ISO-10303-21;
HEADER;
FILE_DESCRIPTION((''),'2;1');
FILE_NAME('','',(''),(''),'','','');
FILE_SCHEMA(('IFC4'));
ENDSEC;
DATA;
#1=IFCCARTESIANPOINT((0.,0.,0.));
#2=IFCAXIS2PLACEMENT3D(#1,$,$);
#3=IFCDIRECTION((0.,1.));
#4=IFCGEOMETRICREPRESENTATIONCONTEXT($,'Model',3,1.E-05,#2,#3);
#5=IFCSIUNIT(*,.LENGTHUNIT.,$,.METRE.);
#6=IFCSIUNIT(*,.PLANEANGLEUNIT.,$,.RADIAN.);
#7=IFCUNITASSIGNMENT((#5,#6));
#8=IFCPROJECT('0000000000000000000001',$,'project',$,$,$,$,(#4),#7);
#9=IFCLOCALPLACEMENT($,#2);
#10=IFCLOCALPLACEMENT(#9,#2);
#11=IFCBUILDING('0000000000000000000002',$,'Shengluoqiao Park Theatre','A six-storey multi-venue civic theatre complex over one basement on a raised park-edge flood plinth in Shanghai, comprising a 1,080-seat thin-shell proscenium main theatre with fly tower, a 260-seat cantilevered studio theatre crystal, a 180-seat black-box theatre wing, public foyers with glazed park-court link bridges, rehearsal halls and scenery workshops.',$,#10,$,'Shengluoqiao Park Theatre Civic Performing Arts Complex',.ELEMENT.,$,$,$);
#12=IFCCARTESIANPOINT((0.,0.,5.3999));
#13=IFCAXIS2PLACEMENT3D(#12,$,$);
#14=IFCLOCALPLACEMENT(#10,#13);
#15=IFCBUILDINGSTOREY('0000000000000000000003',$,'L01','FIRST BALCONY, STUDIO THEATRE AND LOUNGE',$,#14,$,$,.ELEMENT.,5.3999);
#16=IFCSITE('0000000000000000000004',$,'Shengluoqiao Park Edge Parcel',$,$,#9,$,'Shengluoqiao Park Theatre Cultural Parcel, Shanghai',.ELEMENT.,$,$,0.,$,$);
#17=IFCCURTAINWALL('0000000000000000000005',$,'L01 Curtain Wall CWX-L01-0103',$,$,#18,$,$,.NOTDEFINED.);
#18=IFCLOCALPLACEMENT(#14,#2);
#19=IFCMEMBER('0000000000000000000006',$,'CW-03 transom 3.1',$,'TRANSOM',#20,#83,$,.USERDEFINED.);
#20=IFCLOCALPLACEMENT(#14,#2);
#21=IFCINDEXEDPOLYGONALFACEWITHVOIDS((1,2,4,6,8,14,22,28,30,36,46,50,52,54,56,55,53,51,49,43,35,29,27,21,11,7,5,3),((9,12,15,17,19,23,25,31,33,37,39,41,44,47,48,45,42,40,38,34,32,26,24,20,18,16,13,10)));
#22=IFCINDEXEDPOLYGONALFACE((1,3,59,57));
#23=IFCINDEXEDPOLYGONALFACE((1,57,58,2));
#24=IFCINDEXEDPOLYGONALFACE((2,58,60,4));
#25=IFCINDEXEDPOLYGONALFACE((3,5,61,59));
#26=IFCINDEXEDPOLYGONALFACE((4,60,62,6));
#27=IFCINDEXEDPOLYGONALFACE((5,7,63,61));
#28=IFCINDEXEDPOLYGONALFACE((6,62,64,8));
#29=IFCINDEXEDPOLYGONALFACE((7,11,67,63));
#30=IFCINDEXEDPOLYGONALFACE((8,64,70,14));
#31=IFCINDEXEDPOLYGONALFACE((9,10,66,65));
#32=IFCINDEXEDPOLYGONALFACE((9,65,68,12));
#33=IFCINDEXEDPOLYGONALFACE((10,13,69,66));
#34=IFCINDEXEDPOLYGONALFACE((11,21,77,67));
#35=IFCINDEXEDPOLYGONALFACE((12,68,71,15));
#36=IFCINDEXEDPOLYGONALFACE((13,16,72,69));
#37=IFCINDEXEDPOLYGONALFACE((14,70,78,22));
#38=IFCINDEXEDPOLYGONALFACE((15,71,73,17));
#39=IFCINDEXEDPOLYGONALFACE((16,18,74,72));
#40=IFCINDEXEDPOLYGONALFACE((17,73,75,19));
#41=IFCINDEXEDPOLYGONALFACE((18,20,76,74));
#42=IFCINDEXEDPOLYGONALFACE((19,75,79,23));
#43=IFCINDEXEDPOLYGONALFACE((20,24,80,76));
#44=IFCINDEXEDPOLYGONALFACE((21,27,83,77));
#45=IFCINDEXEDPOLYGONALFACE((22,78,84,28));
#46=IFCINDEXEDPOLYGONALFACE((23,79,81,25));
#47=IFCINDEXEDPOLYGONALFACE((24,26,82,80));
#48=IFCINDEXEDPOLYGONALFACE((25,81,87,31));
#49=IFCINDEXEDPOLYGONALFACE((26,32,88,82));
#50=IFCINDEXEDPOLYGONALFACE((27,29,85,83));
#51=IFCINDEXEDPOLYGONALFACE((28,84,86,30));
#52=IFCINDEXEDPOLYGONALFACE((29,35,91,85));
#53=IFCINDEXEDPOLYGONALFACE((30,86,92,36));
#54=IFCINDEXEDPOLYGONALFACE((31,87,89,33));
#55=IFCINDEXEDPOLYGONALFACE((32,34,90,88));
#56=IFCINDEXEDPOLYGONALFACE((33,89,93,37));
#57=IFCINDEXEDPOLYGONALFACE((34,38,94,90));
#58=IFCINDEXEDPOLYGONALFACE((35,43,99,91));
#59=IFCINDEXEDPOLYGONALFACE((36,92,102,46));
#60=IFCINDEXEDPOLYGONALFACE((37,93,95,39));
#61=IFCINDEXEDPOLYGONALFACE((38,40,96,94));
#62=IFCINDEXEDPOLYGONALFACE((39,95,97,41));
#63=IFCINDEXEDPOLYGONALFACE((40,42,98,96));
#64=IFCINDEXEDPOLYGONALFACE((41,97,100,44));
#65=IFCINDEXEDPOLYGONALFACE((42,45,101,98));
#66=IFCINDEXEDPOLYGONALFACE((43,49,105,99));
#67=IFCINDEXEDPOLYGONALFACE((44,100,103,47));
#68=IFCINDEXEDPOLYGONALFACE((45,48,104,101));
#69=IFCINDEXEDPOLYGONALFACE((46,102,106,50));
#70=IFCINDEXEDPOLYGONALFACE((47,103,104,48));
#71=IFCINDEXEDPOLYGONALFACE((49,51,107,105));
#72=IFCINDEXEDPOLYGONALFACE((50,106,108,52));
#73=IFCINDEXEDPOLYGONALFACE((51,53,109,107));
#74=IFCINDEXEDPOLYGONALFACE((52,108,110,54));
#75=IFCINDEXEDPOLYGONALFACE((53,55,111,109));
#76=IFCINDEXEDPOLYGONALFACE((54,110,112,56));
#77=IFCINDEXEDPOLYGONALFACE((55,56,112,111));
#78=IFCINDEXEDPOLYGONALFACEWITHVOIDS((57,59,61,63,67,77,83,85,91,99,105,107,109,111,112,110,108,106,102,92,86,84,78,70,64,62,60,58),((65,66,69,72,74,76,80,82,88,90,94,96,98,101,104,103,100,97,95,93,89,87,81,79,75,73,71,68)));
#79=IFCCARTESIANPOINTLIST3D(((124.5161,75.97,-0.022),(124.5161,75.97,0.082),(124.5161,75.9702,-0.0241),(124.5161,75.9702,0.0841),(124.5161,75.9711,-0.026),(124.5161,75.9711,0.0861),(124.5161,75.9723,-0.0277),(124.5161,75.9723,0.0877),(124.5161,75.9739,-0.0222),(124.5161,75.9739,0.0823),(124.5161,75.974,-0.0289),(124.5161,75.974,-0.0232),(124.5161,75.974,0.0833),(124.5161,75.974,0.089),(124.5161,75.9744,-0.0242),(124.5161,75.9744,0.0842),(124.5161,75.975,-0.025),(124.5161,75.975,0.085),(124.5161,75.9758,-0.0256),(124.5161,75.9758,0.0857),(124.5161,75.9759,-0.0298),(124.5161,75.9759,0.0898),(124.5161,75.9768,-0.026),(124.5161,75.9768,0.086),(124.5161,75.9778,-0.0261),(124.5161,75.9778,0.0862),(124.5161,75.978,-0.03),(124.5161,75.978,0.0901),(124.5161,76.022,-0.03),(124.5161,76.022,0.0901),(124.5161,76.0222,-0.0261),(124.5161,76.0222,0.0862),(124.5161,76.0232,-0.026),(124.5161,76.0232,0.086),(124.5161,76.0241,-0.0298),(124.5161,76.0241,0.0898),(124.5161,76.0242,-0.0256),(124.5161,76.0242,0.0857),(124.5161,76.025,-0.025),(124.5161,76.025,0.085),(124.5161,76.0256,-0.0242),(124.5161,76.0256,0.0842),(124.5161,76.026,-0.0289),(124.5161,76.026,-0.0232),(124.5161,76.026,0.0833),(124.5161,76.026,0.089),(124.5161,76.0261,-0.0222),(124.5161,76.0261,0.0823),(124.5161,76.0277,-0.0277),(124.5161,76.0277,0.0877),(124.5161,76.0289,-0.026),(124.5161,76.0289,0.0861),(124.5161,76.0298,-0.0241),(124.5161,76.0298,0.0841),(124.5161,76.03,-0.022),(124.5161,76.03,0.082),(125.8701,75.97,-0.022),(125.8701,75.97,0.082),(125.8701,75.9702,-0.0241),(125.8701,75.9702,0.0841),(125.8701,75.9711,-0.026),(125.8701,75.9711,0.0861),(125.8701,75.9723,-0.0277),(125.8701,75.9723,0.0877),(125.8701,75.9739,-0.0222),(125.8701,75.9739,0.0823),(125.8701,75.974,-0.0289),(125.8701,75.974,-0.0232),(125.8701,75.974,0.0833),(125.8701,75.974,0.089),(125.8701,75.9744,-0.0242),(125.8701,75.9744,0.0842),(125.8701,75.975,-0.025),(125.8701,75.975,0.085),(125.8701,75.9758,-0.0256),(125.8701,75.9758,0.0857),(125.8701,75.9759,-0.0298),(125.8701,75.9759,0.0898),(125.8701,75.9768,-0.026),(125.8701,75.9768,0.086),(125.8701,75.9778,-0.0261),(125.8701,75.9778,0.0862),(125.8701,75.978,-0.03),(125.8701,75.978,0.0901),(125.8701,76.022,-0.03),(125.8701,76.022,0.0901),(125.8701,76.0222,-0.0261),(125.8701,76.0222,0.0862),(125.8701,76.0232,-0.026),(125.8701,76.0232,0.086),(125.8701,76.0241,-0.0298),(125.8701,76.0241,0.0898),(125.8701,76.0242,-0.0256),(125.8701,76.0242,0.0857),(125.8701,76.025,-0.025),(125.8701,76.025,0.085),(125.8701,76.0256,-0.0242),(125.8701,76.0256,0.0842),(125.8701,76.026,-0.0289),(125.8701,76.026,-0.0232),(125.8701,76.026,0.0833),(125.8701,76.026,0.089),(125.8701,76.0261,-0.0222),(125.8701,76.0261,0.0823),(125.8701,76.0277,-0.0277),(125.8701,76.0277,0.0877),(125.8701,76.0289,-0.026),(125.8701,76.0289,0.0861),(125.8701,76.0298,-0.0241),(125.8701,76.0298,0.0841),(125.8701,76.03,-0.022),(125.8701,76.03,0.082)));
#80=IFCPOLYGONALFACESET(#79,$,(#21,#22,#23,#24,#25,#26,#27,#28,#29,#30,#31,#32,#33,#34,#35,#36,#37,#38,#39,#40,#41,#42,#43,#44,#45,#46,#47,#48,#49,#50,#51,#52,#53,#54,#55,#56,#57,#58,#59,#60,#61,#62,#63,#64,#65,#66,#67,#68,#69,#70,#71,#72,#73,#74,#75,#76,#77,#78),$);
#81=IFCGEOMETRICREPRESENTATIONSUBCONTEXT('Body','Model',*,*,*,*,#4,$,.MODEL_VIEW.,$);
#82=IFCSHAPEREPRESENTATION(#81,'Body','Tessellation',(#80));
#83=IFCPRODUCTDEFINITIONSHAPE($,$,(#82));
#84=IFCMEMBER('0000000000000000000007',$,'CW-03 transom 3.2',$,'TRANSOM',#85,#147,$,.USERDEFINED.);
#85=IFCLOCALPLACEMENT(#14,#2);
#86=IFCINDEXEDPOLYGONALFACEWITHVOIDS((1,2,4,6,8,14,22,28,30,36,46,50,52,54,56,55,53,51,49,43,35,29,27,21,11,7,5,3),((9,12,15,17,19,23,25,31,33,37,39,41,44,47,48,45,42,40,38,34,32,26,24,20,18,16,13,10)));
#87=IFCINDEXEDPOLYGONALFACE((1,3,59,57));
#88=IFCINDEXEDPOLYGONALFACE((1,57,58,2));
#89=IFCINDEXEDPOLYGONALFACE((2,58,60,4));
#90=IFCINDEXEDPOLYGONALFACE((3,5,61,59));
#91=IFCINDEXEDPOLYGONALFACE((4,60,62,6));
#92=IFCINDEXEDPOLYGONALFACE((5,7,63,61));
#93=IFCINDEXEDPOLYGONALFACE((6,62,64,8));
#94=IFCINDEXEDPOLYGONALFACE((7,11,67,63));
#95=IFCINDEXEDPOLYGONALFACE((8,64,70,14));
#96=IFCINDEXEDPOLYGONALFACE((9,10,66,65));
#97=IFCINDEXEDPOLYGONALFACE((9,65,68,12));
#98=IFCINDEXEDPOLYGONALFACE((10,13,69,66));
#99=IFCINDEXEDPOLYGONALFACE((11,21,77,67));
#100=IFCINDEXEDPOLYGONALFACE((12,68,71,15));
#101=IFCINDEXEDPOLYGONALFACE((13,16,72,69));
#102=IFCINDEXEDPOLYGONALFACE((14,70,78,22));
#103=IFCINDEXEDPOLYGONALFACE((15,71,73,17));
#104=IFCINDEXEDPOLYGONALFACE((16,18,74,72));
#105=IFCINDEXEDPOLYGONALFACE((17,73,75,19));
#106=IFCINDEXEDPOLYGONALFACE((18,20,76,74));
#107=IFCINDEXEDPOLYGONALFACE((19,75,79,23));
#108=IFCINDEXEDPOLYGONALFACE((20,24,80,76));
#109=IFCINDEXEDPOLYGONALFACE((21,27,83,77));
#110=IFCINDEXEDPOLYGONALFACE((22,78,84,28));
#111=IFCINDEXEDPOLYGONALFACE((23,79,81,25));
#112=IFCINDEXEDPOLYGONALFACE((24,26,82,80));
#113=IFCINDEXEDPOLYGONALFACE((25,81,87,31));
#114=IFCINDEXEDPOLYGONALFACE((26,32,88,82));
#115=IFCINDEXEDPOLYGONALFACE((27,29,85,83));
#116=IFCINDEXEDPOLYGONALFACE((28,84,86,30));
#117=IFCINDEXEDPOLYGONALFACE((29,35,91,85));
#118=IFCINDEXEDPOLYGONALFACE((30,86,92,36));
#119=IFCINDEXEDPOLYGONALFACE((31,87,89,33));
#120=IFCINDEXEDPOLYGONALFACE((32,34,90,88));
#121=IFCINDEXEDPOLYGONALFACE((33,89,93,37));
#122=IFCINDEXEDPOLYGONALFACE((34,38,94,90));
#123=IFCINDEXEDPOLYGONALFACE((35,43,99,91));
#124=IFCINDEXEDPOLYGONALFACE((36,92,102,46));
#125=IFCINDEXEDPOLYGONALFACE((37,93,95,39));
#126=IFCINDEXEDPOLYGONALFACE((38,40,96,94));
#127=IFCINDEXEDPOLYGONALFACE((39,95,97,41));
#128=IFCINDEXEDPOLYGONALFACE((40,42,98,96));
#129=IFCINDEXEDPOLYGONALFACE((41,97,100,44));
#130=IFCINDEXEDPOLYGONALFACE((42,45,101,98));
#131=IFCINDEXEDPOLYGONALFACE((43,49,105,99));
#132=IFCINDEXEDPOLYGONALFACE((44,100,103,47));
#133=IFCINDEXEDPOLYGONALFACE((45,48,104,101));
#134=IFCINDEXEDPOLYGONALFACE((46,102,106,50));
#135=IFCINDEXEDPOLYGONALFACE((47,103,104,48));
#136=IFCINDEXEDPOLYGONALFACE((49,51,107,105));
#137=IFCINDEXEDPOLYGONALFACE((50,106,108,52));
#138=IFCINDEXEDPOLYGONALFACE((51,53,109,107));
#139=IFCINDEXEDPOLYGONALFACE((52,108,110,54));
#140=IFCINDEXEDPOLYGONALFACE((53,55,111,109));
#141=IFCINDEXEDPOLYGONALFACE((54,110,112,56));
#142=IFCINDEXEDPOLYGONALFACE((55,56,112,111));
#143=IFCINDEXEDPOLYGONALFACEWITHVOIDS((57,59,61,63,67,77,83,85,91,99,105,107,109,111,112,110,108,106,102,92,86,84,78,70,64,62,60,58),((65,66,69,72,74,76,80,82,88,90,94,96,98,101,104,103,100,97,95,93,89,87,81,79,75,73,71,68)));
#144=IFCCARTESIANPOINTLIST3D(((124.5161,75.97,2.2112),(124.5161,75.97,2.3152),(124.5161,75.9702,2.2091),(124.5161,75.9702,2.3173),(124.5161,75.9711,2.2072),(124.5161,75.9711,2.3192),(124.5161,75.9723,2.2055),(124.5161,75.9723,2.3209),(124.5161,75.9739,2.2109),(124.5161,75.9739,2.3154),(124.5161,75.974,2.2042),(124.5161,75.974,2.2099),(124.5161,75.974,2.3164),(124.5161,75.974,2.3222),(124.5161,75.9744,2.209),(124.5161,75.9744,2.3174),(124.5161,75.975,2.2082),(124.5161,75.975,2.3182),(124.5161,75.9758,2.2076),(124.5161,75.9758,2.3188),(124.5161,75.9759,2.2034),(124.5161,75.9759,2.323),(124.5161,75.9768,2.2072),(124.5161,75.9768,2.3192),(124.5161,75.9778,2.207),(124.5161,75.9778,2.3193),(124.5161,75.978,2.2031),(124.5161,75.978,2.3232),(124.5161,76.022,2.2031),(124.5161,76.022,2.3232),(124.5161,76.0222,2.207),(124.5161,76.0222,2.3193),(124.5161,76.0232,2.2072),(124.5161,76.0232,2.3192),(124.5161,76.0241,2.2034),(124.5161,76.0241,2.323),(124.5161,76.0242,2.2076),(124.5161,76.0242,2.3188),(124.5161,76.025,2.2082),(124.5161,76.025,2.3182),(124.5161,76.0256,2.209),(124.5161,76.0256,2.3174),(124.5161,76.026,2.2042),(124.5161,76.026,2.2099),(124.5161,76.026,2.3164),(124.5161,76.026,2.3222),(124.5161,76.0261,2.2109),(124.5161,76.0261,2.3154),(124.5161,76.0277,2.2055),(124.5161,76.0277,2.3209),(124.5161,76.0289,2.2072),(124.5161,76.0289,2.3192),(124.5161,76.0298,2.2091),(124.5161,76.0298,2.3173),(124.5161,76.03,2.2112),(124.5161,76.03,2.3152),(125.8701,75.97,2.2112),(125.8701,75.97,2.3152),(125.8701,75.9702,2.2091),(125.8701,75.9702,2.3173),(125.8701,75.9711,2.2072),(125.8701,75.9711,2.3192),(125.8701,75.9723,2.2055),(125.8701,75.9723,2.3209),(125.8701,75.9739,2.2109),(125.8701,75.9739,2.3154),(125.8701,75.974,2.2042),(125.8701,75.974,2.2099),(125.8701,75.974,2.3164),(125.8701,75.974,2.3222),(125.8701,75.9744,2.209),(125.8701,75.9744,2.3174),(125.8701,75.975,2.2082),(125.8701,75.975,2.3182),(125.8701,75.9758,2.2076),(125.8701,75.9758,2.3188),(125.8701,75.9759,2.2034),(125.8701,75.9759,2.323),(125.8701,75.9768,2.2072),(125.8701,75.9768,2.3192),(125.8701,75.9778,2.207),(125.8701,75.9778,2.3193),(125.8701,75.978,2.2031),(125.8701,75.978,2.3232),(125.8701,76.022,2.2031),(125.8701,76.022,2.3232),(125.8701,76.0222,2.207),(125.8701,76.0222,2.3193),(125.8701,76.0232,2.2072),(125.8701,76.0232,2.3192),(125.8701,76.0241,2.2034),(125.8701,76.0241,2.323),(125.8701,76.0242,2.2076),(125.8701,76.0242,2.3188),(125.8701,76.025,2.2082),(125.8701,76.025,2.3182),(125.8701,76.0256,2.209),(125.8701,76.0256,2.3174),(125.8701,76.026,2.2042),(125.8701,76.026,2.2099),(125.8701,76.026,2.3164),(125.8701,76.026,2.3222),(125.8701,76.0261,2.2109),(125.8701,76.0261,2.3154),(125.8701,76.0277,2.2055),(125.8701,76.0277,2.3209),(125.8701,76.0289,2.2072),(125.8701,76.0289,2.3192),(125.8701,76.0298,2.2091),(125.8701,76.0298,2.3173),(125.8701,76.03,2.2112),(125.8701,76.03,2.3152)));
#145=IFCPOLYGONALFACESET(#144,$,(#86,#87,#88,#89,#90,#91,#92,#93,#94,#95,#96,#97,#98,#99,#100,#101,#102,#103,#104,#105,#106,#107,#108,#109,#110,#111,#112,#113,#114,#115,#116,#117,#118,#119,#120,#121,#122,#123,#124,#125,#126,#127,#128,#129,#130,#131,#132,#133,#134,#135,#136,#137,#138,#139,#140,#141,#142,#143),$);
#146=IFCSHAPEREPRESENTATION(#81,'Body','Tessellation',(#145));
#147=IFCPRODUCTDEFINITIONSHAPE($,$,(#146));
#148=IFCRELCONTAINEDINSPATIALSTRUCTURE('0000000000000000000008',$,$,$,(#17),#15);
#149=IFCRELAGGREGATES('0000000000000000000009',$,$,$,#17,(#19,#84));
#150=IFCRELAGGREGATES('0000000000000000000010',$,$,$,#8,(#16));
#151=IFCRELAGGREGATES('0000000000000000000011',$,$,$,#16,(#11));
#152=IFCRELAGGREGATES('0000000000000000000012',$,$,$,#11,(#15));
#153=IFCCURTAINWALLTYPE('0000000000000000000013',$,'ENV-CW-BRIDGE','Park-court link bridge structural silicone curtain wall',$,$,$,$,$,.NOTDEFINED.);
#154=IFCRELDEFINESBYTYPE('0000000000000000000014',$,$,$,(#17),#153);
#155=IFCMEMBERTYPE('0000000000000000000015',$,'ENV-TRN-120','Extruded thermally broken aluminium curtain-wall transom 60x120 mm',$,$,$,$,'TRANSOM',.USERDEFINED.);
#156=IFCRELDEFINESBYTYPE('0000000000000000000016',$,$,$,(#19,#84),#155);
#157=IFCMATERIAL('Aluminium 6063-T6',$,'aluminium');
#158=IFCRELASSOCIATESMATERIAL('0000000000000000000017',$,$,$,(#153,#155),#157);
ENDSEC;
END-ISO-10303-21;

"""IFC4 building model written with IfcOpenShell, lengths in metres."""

from ifc_helpers import new_model, si_unit, direction, frame, origin, origin_2d, place, context, subcontext, project, spatial, hollow_rectangle, extrude, material, material_profile, profile_set, type_object, element, aggregate, save


model = new_model("IFC4")

# Units and contexts
model_context = context("Model", 3, precision=1e-05, world=origin(), true_north=direction((0.0, 1.0)))
body_context = subcontext(model_context, "Body", "Model", "MODEL_VIEW")
ifc_project = project(units=[si_unit("LENGTHUNIT", "METRE"), si_unit("PLANEANGLEUNIT", "RADIAN")], contexts=[model_context])

# Site, building, storey
site_placement = place(None, origin())
site = spatial("IfcSite", under=ifc_project, at=site_placement, Name="Shengluoqiao Park Edge Parcel", LongName="Shengluoqiao Park Theatre Cultural Parcel, Shanghai", CompositionType="ELEMENT", RefElevation=0.0)
building_placement = place(site_placement, origin())
building = spatial("IfcBuilding", under=site, at=building_placement, Name="Shengluoqiao Park Theatre", Description="A six-storey multi-venue civic theatre complex over one basement on a raised park-edge flood plinth in Shanghai, comprising a 1,080-seat thin-shell proscenium main theatre with fly tower, a 260-seat cantilevered studio theatre crystal, a 180-seat black-box theatre wing, public foyers with glazed park-court link bridges, rehearsal halls and scenery workshops.", LongName="Shengluoqiao Park Theatre Civic Performing Arts Complex", CompositionType="ELEMENT")
storey_placement = place(building_placement, frame((0.0, 0.0, 5.3999)))
storey = spatial("IfcBuildingStorey", under=building, at=storey_placement, Name="L01", Description="FIRST BALCONY, STUDIO THEATRE AND LOUNGE", CompositionType="ELEMENT", Elevation=5.3999)

# Curtain wall
ifc_material_1 = material(Name="Aluminium 6063-T6", Category="aluminium")
curtain_wall_type = type_object("IfcCurtainWallType", Name="ENV-CW-BRIDGE", Description="Park-court link bridge structural silicone curtain wall", PredefinedType="NOTDEFINED", material=ifc_material_1)
curtain_wall_1_placement = place(storey_placement, origin())
curtain_wall_1 = element("IfcCurtainWall", 1, at=curtain_wall_1_placement, inside=storey, type_object=curtain_wall_type, Name="L01 Curtain Wall CWX-L01-0103", PredefinedType="NOTDEFINED")

# Members
ifc_material_profile_1 = material_profile(ifc_material_1, hollow_rectangle(XDim=0.0601, YDim=0.1201, WallThickness=0.0039, InnerFilletRadius=0.0039, OuterFilletRadius=0.0081, at=origin_2d()), Name="ALU TRANSOM 120x60x4")
ifc_profile_set_1 = profile_set([ifc_material_profile_1], Name="Aluminium 6063-T6")
member_type_1 = type_object("IfcMemberType", Name="ENV-TRN-120", Description="Extruded thermally broken aluminium curtain-wall transom 60x120 mm", ElementType="TRANSOM", PredefinedType="USERDEFINED", material=ifc_profile_set_1)
member_1_placement = place(storey_placement, frame((124.5161, 76.0, 0.03), z_axis=(1.0, 0.0, 0.0), x_axis=(0.0, 1.0, 0.0)))
member_1 = element("IfcMember", 2, at=member_1_placement, type_object=member_type_1, Name="CW-03 transom 3.1", ObjectType="TRANSOM", PredefinedType="USERDEFINED", context=body_context, shape_type="SweptSolid", body=[
    extrude(hollow_rectangle(XDim=0.0601, YDim=0.1201, WallThickness=0.0039, InnerFilletRadius=0.0039, OuterFilletRadius=0.0081, at=origin_2d()), origin(), (0.0, 0.0, 1.0), 1.354),
])
member_2_placement = place(storey_placement, frame((124.5161, 76.0, 2.2632), z_axis=(1.0, 0.0, 0.0), x_axis=(0.0, 1.0, 0.0)))
member_2 = element("IfcMember", 3, at=member_2_placement, type_object=member_type_1, Name="CW-03 transom 3.2", ObjectType="TRANSOM", PredefinedType="USERDEFINED", context=body_context, shape_type="SweptSolid", body=[
    extrude(hollow_rectangle(XDim=0.0601, YDim=0.1201, WallThickness=0.0039, InnerFilletRadius=0.0039, OuterFilletRadius=0.0081, at=origin_2d()), origin(), (0.0, 0.0, 1.0), 1.354),
])

aggregate(curtain_wall_1, [member_1, member_2])

save(model, "model.ifc")
